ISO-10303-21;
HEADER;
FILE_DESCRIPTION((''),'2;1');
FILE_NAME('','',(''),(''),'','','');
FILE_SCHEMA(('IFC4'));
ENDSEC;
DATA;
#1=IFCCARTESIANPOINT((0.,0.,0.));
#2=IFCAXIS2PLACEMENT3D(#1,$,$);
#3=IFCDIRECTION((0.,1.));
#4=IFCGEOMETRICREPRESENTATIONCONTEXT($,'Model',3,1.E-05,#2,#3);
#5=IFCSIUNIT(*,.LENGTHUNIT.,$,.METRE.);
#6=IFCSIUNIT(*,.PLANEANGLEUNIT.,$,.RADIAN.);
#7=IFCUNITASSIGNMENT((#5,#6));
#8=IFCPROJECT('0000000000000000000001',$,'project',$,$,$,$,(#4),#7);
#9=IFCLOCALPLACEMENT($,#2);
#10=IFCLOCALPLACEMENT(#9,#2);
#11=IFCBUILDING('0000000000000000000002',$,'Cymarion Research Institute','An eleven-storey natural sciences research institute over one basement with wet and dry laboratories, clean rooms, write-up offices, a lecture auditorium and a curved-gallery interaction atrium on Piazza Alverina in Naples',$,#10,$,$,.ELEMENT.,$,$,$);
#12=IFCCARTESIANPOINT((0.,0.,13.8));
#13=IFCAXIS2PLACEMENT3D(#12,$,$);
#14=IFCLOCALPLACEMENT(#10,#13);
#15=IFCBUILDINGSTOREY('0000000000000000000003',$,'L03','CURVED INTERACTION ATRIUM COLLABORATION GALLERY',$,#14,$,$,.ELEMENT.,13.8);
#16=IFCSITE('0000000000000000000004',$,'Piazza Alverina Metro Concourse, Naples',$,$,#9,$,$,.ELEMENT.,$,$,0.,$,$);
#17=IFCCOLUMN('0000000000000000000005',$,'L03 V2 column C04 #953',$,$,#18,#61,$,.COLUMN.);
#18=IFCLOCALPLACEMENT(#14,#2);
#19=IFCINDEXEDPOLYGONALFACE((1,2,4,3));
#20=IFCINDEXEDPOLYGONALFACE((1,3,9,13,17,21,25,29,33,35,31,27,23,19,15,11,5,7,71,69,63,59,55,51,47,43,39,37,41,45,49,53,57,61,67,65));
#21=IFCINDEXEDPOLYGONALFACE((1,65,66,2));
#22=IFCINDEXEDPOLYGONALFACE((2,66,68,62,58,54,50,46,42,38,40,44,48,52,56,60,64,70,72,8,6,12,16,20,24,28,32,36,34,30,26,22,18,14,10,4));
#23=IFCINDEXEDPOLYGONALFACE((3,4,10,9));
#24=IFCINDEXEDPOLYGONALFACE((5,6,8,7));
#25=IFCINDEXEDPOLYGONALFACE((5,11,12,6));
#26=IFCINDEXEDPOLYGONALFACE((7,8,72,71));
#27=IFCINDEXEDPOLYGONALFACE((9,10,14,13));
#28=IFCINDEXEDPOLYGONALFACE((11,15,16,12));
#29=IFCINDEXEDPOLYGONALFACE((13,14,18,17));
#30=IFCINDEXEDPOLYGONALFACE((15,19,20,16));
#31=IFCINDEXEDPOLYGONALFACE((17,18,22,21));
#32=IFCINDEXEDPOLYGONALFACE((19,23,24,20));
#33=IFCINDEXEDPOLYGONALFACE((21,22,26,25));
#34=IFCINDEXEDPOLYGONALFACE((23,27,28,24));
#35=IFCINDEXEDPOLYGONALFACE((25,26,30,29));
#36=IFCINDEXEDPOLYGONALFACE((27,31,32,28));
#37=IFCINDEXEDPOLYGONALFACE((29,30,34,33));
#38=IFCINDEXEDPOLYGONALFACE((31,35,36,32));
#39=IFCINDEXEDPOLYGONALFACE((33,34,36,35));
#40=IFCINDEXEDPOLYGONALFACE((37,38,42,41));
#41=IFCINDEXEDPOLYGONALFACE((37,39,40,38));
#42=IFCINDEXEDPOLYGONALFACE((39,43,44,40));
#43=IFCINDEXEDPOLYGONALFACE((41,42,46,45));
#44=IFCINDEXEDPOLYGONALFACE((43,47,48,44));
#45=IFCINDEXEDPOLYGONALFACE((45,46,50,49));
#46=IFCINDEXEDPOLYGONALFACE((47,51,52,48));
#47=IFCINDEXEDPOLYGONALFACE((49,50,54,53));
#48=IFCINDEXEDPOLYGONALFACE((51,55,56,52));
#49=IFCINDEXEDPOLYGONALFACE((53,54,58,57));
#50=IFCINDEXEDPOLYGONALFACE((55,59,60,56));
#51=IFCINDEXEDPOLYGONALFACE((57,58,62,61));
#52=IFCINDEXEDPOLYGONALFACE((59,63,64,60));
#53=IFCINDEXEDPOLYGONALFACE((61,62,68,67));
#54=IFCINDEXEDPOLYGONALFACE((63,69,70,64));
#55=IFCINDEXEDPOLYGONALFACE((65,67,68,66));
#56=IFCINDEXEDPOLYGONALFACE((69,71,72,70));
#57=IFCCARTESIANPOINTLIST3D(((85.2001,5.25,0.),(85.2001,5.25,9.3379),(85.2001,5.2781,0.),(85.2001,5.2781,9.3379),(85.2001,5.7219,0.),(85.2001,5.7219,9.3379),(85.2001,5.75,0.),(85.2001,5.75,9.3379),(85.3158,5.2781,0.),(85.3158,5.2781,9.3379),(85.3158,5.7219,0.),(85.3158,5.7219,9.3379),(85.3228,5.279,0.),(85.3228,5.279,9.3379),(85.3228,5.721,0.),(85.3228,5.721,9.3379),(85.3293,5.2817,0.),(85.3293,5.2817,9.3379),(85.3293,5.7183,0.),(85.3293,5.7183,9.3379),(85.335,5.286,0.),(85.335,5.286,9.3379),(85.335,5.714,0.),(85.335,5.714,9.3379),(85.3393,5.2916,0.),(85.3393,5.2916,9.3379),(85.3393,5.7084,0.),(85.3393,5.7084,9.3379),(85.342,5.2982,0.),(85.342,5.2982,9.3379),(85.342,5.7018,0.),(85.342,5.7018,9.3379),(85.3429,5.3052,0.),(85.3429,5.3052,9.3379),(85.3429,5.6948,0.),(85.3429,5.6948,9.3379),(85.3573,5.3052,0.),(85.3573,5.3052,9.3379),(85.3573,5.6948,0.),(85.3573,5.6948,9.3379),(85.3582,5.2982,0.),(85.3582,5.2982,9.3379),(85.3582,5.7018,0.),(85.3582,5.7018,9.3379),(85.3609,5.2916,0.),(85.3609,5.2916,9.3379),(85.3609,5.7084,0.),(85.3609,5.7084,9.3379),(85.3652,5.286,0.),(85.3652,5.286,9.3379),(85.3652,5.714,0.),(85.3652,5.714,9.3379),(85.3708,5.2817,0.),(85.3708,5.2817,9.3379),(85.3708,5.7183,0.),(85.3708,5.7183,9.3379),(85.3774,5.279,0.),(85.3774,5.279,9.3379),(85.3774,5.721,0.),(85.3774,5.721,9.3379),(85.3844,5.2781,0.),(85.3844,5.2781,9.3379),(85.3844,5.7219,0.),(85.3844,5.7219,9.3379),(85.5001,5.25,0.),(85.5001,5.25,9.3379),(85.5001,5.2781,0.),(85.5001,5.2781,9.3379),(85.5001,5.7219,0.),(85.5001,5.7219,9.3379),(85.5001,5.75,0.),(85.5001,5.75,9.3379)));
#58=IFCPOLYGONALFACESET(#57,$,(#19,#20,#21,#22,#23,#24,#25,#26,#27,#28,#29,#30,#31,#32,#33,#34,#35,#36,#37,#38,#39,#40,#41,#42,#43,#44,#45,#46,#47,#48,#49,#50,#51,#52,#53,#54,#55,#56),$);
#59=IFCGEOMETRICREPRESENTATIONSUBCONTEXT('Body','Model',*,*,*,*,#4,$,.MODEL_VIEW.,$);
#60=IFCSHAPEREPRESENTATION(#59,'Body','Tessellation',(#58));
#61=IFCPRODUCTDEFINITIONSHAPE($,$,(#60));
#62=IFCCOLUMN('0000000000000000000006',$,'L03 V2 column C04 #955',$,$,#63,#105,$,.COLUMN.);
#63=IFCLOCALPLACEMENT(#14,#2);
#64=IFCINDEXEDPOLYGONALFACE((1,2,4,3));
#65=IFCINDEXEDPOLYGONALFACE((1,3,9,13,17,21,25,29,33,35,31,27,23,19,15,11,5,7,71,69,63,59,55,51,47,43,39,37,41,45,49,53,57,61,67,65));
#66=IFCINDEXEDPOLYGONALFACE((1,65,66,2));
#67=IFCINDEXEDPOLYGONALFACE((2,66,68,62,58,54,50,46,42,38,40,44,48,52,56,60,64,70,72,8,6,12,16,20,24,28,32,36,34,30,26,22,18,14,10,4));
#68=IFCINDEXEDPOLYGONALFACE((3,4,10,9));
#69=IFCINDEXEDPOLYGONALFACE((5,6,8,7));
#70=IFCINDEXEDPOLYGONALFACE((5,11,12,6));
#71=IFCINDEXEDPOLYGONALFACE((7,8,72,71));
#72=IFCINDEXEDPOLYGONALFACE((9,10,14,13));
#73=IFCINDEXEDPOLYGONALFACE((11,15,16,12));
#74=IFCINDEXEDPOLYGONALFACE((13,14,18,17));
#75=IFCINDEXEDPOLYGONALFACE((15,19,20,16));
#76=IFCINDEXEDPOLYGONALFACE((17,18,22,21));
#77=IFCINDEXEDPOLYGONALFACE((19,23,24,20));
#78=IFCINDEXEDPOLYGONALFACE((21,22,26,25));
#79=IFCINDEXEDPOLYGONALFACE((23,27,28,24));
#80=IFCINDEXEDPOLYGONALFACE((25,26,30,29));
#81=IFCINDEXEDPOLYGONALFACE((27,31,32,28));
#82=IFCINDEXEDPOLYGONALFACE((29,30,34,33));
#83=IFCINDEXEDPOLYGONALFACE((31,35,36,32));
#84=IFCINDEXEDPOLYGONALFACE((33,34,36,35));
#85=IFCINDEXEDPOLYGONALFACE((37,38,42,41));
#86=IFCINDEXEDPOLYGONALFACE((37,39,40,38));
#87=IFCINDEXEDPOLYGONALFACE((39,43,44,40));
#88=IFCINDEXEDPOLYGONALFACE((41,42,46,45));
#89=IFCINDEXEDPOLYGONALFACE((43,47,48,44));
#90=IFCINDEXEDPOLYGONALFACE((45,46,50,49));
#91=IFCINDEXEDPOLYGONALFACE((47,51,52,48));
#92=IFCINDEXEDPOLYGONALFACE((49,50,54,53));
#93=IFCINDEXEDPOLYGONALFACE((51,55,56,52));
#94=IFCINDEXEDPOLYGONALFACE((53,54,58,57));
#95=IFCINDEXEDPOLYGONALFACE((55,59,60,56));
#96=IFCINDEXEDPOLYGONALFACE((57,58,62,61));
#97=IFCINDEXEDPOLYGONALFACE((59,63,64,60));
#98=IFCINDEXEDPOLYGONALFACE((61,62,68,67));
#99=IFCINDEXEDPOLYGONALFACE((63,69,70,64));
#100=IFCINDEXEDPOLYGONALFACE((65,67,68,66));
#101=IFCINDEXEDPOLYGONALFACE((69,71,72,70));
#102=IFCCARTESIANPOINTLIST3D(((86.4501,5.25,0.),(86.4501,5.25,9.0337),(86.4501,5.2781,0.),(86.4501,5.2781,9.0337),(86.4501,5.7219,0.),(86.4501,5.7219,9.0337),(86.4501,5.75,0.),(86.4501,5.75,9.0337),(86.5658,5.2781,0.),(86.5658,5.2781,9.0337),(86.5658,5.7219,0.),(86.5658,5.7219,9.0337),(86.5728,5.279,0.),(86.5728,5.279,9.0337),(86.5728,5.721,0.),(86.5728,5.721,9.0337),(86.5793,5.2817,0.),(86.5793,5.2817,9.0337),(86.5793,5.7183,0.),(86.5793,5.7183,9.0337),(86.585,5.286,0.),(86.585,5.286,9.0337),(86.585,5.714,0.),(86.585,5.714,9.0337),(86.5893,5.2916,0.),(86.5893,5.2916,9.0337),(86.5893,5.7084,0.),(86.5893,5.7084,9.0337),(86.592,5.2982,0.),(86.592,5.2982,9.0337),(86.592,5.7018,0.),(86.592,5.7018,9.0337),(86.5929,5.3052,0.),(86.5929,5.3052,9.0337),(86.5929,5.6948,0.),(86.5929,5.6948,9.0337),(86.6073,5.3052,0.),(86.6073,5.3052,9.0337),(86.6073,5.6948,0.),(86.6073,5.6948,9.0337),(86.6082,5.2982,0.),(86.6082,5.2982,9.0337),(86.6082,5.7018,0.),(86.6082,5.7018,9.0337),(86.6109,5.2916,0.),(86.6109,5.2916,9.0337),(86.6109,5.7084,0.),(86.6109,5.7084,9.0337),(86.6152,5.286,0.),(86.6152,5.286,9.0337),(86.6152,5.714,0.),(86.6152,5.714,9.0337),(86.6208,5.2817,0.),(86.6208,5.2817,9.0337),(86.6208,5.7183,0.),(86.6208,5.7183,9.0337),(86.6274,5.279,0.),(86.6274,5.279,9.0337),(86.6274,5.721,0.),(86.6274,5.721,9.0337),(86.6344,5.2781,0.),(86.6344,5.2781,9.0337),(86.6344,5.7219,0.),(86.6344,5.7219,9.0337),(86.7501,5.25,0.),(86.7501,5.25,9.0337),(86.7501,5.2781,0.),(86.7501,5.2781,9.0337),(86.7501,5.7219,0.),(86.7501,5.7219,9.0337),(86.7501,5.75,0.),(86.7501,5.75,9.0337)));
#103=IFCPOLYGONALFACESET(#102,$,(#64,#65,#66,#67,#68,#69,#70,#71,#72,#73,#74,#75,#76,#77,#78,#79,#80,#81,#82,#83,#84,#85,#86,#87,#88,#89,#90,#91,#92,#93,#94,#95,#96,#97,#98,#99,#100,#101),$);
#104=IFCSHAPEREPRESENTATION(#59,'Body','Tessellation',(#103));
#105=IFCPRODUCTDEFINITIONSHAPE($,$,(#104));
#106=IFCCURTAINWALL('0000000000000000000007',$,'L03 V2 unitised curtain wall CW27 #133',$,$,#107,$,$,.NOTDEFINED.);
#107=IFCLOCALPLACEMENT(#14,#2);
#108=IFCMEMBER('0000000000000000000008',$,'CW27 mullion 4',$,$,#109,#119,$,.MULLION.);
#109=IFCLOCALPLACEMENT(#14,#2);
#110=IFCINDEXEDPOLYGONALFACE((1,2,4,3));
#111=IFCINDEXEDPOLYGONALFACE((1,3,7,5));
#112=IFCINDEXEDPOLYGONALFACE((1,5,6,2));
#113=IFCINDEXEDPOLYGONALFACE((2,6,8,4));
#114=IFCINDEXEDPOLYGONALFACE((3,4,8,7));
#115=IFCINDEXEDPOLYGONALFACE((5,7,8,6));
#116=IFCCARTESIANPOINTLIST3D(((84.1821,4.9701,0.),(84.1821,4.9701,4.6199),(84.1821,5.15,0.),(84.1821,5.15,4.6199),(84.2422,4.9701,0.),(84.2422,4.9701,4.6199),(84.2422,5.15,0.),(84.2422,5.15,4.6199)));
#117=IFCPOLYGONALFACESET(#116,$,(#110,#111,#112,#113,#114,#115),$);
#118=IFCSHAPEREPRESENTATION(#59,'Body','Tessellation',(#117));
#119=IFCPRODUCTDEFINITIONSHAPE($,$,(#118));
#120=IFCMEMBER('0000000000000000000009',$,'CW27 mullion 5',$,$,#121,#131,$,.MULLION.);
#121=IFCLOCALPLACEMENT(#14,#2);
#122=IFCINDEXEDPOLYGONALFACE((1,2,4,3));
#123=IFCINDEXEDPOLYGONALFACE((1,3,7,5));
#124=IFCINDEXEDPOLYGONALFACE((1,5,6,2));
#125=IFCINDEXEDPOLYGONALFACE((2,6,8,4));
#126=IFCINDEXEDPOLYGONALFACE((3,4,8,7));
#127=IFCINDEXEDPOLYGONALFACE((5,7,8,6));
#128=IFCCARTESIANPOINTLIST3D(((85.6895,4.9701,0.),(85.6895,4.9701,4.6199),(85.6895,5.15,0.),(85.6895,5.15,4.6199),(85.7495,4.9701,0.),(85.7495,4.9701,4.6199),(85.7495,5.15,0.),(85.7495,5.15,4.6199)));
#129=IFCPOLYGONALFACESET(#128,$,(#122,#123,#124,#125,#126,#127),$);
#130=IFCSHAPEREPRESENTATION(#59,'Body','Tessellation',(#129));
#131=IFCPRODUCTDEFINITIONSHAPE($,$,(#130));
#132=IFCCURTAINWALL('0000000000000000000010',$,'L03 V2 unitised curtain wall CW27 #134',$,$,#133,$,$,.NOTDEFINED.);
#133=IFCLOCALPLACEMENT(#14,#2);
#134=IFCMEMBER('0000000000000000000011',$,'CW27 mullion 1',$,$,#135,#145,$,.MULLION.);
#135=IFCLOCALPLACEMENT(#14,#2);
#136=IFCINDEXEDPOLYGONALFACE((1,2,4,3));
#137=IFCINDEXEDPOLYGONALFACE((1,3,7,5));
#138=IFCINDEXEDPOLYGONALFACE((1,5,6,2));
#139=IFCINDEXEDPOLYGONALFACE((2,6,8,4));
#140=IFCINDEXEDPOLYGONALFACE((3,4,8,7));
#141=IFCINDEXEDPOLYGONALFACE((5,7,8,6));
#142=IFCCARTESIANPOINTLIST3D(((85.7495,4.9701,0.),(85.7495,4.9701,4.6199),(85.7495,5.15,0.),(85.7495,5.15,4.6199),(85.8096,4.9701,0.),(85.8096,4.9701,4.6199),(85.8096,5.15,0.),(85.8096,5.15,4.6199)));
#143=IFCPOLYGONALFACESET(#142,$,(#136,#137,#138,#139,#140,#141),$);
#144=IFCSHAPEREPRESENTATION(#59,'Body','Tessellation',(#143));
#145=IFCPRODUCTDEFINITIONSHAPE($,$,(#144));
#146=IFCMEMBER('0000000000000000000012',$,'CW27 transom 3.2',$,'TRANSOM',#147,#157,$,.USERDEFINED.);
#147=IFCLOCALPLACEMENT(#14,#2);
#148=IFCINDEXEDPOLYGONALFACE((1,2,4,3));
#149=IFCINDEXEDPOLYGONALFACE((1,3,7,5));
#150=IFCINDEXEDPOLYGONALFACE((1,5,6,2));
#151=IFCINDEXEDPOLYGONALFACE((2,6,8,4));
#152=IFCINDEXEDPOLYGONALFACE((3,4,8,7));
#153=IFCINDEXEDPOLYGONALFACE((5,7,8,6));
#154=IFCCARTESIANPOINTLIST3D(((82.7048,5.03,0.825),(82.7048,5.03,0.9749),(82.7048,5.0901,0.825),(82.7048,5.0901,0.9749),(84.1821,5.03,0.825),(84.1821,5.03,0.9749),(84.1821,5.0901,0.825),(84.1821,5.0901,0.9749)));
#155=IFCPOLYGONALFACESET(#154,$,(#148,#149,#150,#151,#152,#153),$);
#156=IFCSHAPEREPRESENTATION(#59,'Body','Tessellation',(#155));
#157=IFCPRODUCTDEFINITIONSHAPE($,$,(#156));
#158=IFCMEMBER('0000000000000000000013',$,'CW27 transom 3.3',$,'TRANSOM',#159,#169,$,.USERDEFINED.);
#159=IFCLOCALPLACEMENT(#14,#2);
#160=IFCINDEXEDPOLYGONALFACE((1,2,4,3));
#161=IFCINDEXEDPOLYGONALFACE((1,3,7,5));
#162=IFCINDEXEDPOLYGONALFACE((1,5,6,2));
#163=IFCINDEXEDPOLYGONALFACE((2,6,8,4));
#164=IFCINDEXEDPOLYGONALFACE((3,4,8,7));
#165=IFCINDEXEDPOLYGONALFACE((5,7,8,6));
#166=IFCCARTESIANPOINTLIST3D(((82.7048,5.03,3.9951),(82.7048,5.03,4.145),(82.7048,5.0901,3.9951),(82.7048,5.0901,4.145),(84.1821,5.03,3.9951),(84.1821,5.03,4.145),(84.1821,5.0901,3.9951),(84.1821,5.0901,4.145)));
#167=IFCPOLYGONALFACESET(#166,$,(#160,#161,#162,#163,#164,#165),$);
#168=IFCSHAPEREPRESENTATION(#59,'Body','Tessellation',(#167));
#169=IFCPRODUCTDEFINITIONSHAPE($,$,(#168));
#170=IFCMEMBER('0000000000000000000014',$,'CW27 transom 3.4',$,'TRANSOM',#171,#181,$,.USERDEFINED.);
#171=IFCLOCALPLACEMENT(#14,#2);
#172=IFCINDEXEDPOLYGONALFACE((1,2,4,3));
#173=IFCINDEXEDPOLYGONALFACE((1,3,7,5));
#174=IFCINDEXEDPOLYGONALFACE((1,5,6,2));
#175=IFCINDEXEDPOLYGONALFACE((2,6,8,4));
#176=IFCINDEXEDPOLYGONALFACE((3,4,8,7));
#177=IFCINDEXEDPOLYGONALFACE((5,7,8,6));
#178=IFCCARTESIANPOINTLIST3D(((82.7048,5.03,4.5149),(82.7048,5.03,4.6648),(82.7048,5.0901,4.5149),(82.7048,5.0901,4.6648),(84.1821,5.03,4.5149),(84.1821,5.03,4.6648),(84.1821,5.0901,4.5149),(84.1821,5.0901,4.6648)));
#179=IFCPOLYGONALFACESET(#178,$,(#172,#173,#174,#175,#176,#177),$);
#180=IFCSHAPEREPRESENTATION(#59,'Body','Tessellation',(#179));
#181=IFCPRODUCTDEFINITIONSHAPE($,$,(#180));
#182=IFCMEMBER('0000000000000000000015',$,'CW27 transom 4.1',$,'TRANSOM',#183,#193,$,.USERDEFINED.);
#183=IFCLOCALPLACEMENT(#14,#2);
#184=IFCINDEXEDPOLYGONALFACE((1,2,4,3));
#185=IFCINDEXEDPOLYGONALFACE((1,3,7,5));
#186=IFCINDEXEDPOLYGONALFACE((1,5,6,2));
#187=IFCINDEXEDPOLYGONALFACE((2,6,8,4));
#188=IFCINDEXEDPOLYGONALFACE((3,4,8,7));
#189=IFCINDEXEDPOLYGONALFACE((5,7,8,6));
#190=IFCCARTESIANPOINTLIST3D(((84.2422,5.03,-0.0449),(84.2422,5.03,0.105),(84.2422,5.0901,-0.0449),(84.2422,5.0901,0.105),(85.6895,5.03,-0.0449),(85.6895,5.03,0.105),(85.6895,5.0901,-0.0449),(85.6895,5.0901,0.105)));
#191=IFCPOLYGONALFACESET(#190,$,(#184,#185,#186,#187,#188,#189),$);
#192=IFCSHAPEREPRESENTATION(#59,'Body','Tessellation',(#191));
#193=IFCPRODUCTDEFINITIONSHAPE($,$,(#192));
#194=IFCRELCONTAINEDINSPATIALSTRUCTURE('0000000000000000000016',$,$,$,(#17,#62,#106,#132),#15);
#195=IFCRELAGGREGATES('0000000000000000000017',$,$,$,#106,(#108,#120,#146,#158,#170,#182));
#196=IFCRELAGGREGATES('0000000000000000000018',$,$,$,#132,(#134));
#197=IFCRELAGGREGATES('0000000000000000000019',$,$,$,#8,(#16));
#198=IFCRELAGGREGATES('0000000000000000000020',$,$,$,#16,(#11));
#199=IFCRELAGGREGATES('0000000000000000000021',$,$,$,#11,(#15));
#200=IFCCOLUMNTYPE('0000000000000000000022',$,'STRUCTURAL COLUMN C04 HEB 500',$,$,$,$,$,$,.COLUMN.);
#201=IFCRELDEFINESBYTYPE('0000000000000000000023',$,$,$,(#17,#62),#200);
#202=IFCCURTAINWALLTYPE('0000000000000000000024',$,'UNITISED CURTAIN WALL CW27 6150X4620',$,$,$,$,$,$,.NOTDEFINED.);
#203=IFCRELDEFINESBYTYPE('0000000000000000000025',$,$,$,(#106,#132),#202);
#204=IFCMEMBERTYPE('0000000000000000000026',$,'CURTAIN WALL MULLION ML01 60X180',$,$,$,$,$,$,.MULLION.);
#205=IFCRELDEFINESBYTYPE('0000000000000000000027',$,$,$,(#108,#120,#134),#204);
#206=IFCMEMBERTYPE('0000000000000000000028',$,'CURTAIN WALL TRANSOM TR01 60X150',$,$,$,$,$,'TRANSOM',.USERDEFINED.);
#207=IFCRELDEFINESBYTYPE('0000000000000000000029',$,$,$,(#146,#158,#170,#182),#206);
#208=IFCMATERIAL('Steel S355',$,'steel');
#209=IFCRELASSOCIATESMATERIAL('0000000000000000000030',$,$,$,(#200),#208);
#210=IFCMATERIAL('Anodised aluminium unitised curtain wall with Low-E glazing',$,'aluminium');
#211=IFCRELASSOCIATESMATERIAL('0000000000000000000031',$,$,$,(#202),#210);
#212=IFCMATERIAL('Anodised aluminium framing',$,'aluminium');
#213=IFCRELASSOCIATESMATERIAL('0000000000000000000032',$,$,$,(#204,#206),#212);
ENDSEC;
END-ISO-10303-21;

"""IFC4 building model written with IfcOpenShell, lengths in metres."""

from ifc_helpers import new_model, si_unit, direction, frame, origin, origin_2d, place, context, subcontext, project, spatial, rectangle, i_section, extrude, material, material_profile, profile_set, type_object, element, aggregate, save


model = new_model("IFC4")

# Units and contexts
model_context = context("Model", 3, precision=1e-05, world=origin(), true_north=direction((0.0, 1.0)))
body_context = subcontext(model_context, "Body", "Model", "MODEL_VIEW")
ifc_project = project(units=[si_unit("LENGTHUNIT", "METRE"), si_unit("PLANEANGLEUNIT", "RADIAN")], contexts=[model_context])

# Site, building, storey
site_placement = place(None, origin())
site = spatial("IfcSite", under=ifc_project, at=site_placement, Name="Piazza Alverina Metro Concourse, Naples", CompositionType="ELEMENT", RefElevation=0.0)
building_placement = place(site_placement, origin())
building = spatial("IfcBuilding", under=site, at=building_placement, Name="Cymarion Research Institute", Description="An eleven-storey natural sciences research institute over one basement with wet and dry laboratories, clean rooms, write-up offices, a lecture auditorium and a curved-gallery interaction atrium on Piazza Alverina in Naples", CompositionType="ELEMENT")
storey_placement = place(building_placement, frame((0.0, 0.0, 13.8)))
storey = spatial("IfcBuildingStorey", under=building, at=storey_placement, Name="L03", Description="CURVED INTERACTION ATRIUM COLLABORATION GALLERY", CompositionType="ELEMENT", Elevation=13.8)

# Columns
ifc_material_1 = material(Name="Steel S355", Category="steel")
ifc_material_profile_1 = material_profile(ifc_material_1, i_section(OverallWidth=0.3, OverallDepth=0.5, WebThickness=0.0144, FlangeThickness=0.0281, FilletRadius=0.0271, at=origin_2d()), Name="HEB 500")
ifc_profile_set_1 = profile_set([ifc_material_profile_1], Name="Steel S355")
column_type = type_object("IfcColumnType", Name="STRUCTURAL COLUMN C04 HEB 500", PredefinedType="COLUMN", material=ifc_profile_set_1)
column_1_placement = place(storey_placement, frame((85.3501, 5.5, 0.0), z_axis=(0.0, 0.0, 1.0), x_axis=(1.0, 0.0, 0.0)))
element("IfcColumn", 1, at=column_1_placement, inside=storey, type_object=column_type, Name="L03 V2 column C04 #953", PredefinedType="COLUMN", context=body_context, shape_type="SweptSolid", body=[
    extrude(i_section(OverallWidth=0.3, OverallDepth=0.5, WebThickness=0.0144, FlangeThickness=0.0281, FilletRadius=0.0271, at=origin_2d()), origin(), (0.0, 0.0, 1.0), 9.3379),
])
column_2_placement = place(storey_placement, frame((86.6001, 5.5, 0.0), z_axis=(0.0, 0.0, 1.0), x_axis=(1.0, 0.0, 0.0)))
element("IfcColumn", 2, at=column_2_placement, inside=storey, type_object=column_type, Name="L03 V2 column C04 #955", PredefinedType="COLUMN", context=body_context, shape_type="SweptSolid", body=[
    extrude(i_section(OverallWidth=0.3, OverallDepth=0.5, WebThickness=0.0144, FlangeThickness=0.0281, FilletRadius=0.0271, at=origin_2d()), origin(), (0.0, 0.0, 1.0), 9.0337),
])

# Curtain wall, members
ifc_material_2 = material(Name="Anodised aluminium unitised curtain wall with Low-E glazing", Category="aluminium")
curtain_wall_type = type_object("IfcCurtainWallType", Name="UNITISED CURTAIN WALL CW27 6150X4620", PredefinedType="NOTDEFINED", material=ifc_material_2)
curtain_wall_1_placement = place(storey_placement, origin())
curtain_wall_1 = element("IfcCurtainWall", 3, at=curtain_wall_1_placement, inside=storey, type_object=curtain_wall_type, Name="L03 V2 unitised curtain wall CW27 #133", PredefinedType="NOTDEFINED")
ifc_material_3 = material(Name="Anodised aluminium framing", Category="aluminium")
ifc_material_profile_2 = material_profile(ifc_material_3, rectangle(XDim=0.0601, YDim=0.1799, at=origin_2d()), Name="ALU MULLION 60x180")
ifc_profile_set_2 = profile_set([ifc_material_profile_2], Name="Anodised aluminium framing")
member_type_1 = type_object("IfcMemberType", Name="CURTAIN WALL MULLION ML01 60X180", PredefinedType="MULLION", material=ifc_profile_set_2)
member_1_placement = place(storey_placement, frame((84.2122, 5.0601, 0.0), z_axis=(0.0, 0.0, 1.0), x_axis=(1.0, 0.0, 0.0)))
member_1 = element("IfcMember", 4, at=member_1_placement, type_object=member_type_1, Name="CW27 mullion 4", PredefinedType="MULLION", context=body_context, shape_type="SweptSolid", body=[
    extrude(rectangle(XDim=0.0601, YDim=0.1799, at=origin_2d()), origin(), (0.0, 0.0, 1.0), 4.6199),
])
member_2_placement = place(storey_placement, frame((85.7195, 5.0601, 0.0), z_axis=(0.0, 0.0, 1.0), x_axis=(1.0, 0.0, 0.0)))
member_2 = element("IfcMember", 5, at=member_2_placement, type_object=member_type_1, Name="CW27 mullion 5", PredefinedType="MULLION", context=body_context, shape_type="SweptSolid", body=[
    extrude(rectangle(XDim=0.0601, YDim=0.1799, at=origin_2d()), origin(), (0.0, 0.0, 1.0), 4.6199),
])

# Curtain wall, member
curtain_wall_2_placement = place(storey_placement, origin())
curtain_wall_2 = element("IfcCurtainWall", 6, at=curtain_wall_2_placement, inside=storey, type_object=curtain_wall_type, Name="L03 V2 unitised curtain wall CW27 #134", PredefinedType="NOTDEFINED")
member_3_placement = place(storey_placement, frame((85.7795, 5.0601, 0.0), z_axis=(0.0, 0.0, 1.0), x_axis=(1.0, 0.0, 0.0)))
member_3 = element("IfcMember", 7, at=member_3_placement, type_object=member_type_1, Name="CW27 mullion 1", PredefinedType="MULLION", context=body_context, shape_type="SweptSolid", body=[
    extrude(rectangle(XDim=0.0601, YDim=0.1799, at=origin_2d()), origin(), (0.0, 0.0, 1.0), 4.6199),
])

# Members
ifc_material_profile_3 = material_profile(ifc_material_3, rectangle(XDim=0.0601, YDim=0.1499, at=origin_2d()), Name="ALU TRANSOM 60x150")
ifc_profile_set_3 = profile_set([ifc_material_profile_3], Name="Anodised aluminium framing")
member_type_2 = type_object("IfcMemberType", Name="CURTAIN WALL TRANSOM TR01 60X150", ElementType="TRANSOM", PredefinedType="USERDEFINED", material=ifc_profile_set_3)
member_4_placement = place(storey_placement, frame((82.7048, 5.0601, 0.8999), z_axis=(1.0, 0.0, 0.0), x_axis=(0.0, 1.0, 0.0)))
member_4 = element("IfcMember", 8, at=member_4_placement, type_object=member_type_2, Name="CW27 transom 3.2", ObjectType="TRANSOM", PredefinedType="USERDEFINED", context=body_context, shape_type="SweptSolid", body=[
    extrude(rectangle(XDim=0.0601, YDim=0.1499, at=origin_2d()), origin(), (0.0, 0.0, 1.0), 1.4773),
])
member_5_placement = place(storey_placement, frame((82.7048, 5.0601, 4.0701), z_axis=(1.0, 0.0, 0.0), x_axis=(0.0, 1.0, 0.0)))
member_5 = element("IfcMember", 9, at=member_5_placement, type_object=member_type_2, Name="CW27 transom 3.3", ObjectType="TRANSOM", PredefinedType="USERDEFINED", context=body_context, shape_type="SweptSolid", body=[
    extrude(rectangle(XDim=0.0601, YDim=0.1499, at=origin_2d()), origin(), (0.0, 0.0, 1.0), 1.4773),
])
member_6_placement = place(storey_placement, frame((82.7048, 5.0601, 4.5898), z_axis=(1.0, 0.0, 0.0), x_axis=(0.0, 1.0, 0.0)))
member_6 = element("IfcMember", 10, at=member_6_placement, type_object=member_type_2, Name="CW27 transom 3.4", ObjectType="TRANSOM", PredefinedType="USERDEFINED", context=body_context, shape_type="SweptSolid", body=[
    extrude(rectangle(XDim=0.0601, YDim=0.1499, at=origin_2d()), origin(), (0.0, 0.0, 1.0), 1.4773),
])
member_7_placement = place(storey_placement, frame((84.2422, 5.0601, 0.03), z_axis=(1.0, 0.0, 0.0), x_axis=(0.0, 1.0, 0.0)))
member_7 = element("IfcMember", 11, at=member_7_placement, type_object=member_type_2, Name="CW27 transom 4.1", ObjectType="TRANSOM", PredefinedType="USERDEFINED", context=body_context, shape_type="SweptSolid", body=[
    extrude(rectangle(XDim=0.0601, YDim=0.1499, at=origin_2d()), origin(), (0.0, 0.0, 1.0), 1.4473),
])

aggregate(curtain_wall_1, [member_1, member_2, member_4, member_5, member_6, member_7])
aggregate(curtain_wall_2, [member_3])

save(model, "model.ifc")
